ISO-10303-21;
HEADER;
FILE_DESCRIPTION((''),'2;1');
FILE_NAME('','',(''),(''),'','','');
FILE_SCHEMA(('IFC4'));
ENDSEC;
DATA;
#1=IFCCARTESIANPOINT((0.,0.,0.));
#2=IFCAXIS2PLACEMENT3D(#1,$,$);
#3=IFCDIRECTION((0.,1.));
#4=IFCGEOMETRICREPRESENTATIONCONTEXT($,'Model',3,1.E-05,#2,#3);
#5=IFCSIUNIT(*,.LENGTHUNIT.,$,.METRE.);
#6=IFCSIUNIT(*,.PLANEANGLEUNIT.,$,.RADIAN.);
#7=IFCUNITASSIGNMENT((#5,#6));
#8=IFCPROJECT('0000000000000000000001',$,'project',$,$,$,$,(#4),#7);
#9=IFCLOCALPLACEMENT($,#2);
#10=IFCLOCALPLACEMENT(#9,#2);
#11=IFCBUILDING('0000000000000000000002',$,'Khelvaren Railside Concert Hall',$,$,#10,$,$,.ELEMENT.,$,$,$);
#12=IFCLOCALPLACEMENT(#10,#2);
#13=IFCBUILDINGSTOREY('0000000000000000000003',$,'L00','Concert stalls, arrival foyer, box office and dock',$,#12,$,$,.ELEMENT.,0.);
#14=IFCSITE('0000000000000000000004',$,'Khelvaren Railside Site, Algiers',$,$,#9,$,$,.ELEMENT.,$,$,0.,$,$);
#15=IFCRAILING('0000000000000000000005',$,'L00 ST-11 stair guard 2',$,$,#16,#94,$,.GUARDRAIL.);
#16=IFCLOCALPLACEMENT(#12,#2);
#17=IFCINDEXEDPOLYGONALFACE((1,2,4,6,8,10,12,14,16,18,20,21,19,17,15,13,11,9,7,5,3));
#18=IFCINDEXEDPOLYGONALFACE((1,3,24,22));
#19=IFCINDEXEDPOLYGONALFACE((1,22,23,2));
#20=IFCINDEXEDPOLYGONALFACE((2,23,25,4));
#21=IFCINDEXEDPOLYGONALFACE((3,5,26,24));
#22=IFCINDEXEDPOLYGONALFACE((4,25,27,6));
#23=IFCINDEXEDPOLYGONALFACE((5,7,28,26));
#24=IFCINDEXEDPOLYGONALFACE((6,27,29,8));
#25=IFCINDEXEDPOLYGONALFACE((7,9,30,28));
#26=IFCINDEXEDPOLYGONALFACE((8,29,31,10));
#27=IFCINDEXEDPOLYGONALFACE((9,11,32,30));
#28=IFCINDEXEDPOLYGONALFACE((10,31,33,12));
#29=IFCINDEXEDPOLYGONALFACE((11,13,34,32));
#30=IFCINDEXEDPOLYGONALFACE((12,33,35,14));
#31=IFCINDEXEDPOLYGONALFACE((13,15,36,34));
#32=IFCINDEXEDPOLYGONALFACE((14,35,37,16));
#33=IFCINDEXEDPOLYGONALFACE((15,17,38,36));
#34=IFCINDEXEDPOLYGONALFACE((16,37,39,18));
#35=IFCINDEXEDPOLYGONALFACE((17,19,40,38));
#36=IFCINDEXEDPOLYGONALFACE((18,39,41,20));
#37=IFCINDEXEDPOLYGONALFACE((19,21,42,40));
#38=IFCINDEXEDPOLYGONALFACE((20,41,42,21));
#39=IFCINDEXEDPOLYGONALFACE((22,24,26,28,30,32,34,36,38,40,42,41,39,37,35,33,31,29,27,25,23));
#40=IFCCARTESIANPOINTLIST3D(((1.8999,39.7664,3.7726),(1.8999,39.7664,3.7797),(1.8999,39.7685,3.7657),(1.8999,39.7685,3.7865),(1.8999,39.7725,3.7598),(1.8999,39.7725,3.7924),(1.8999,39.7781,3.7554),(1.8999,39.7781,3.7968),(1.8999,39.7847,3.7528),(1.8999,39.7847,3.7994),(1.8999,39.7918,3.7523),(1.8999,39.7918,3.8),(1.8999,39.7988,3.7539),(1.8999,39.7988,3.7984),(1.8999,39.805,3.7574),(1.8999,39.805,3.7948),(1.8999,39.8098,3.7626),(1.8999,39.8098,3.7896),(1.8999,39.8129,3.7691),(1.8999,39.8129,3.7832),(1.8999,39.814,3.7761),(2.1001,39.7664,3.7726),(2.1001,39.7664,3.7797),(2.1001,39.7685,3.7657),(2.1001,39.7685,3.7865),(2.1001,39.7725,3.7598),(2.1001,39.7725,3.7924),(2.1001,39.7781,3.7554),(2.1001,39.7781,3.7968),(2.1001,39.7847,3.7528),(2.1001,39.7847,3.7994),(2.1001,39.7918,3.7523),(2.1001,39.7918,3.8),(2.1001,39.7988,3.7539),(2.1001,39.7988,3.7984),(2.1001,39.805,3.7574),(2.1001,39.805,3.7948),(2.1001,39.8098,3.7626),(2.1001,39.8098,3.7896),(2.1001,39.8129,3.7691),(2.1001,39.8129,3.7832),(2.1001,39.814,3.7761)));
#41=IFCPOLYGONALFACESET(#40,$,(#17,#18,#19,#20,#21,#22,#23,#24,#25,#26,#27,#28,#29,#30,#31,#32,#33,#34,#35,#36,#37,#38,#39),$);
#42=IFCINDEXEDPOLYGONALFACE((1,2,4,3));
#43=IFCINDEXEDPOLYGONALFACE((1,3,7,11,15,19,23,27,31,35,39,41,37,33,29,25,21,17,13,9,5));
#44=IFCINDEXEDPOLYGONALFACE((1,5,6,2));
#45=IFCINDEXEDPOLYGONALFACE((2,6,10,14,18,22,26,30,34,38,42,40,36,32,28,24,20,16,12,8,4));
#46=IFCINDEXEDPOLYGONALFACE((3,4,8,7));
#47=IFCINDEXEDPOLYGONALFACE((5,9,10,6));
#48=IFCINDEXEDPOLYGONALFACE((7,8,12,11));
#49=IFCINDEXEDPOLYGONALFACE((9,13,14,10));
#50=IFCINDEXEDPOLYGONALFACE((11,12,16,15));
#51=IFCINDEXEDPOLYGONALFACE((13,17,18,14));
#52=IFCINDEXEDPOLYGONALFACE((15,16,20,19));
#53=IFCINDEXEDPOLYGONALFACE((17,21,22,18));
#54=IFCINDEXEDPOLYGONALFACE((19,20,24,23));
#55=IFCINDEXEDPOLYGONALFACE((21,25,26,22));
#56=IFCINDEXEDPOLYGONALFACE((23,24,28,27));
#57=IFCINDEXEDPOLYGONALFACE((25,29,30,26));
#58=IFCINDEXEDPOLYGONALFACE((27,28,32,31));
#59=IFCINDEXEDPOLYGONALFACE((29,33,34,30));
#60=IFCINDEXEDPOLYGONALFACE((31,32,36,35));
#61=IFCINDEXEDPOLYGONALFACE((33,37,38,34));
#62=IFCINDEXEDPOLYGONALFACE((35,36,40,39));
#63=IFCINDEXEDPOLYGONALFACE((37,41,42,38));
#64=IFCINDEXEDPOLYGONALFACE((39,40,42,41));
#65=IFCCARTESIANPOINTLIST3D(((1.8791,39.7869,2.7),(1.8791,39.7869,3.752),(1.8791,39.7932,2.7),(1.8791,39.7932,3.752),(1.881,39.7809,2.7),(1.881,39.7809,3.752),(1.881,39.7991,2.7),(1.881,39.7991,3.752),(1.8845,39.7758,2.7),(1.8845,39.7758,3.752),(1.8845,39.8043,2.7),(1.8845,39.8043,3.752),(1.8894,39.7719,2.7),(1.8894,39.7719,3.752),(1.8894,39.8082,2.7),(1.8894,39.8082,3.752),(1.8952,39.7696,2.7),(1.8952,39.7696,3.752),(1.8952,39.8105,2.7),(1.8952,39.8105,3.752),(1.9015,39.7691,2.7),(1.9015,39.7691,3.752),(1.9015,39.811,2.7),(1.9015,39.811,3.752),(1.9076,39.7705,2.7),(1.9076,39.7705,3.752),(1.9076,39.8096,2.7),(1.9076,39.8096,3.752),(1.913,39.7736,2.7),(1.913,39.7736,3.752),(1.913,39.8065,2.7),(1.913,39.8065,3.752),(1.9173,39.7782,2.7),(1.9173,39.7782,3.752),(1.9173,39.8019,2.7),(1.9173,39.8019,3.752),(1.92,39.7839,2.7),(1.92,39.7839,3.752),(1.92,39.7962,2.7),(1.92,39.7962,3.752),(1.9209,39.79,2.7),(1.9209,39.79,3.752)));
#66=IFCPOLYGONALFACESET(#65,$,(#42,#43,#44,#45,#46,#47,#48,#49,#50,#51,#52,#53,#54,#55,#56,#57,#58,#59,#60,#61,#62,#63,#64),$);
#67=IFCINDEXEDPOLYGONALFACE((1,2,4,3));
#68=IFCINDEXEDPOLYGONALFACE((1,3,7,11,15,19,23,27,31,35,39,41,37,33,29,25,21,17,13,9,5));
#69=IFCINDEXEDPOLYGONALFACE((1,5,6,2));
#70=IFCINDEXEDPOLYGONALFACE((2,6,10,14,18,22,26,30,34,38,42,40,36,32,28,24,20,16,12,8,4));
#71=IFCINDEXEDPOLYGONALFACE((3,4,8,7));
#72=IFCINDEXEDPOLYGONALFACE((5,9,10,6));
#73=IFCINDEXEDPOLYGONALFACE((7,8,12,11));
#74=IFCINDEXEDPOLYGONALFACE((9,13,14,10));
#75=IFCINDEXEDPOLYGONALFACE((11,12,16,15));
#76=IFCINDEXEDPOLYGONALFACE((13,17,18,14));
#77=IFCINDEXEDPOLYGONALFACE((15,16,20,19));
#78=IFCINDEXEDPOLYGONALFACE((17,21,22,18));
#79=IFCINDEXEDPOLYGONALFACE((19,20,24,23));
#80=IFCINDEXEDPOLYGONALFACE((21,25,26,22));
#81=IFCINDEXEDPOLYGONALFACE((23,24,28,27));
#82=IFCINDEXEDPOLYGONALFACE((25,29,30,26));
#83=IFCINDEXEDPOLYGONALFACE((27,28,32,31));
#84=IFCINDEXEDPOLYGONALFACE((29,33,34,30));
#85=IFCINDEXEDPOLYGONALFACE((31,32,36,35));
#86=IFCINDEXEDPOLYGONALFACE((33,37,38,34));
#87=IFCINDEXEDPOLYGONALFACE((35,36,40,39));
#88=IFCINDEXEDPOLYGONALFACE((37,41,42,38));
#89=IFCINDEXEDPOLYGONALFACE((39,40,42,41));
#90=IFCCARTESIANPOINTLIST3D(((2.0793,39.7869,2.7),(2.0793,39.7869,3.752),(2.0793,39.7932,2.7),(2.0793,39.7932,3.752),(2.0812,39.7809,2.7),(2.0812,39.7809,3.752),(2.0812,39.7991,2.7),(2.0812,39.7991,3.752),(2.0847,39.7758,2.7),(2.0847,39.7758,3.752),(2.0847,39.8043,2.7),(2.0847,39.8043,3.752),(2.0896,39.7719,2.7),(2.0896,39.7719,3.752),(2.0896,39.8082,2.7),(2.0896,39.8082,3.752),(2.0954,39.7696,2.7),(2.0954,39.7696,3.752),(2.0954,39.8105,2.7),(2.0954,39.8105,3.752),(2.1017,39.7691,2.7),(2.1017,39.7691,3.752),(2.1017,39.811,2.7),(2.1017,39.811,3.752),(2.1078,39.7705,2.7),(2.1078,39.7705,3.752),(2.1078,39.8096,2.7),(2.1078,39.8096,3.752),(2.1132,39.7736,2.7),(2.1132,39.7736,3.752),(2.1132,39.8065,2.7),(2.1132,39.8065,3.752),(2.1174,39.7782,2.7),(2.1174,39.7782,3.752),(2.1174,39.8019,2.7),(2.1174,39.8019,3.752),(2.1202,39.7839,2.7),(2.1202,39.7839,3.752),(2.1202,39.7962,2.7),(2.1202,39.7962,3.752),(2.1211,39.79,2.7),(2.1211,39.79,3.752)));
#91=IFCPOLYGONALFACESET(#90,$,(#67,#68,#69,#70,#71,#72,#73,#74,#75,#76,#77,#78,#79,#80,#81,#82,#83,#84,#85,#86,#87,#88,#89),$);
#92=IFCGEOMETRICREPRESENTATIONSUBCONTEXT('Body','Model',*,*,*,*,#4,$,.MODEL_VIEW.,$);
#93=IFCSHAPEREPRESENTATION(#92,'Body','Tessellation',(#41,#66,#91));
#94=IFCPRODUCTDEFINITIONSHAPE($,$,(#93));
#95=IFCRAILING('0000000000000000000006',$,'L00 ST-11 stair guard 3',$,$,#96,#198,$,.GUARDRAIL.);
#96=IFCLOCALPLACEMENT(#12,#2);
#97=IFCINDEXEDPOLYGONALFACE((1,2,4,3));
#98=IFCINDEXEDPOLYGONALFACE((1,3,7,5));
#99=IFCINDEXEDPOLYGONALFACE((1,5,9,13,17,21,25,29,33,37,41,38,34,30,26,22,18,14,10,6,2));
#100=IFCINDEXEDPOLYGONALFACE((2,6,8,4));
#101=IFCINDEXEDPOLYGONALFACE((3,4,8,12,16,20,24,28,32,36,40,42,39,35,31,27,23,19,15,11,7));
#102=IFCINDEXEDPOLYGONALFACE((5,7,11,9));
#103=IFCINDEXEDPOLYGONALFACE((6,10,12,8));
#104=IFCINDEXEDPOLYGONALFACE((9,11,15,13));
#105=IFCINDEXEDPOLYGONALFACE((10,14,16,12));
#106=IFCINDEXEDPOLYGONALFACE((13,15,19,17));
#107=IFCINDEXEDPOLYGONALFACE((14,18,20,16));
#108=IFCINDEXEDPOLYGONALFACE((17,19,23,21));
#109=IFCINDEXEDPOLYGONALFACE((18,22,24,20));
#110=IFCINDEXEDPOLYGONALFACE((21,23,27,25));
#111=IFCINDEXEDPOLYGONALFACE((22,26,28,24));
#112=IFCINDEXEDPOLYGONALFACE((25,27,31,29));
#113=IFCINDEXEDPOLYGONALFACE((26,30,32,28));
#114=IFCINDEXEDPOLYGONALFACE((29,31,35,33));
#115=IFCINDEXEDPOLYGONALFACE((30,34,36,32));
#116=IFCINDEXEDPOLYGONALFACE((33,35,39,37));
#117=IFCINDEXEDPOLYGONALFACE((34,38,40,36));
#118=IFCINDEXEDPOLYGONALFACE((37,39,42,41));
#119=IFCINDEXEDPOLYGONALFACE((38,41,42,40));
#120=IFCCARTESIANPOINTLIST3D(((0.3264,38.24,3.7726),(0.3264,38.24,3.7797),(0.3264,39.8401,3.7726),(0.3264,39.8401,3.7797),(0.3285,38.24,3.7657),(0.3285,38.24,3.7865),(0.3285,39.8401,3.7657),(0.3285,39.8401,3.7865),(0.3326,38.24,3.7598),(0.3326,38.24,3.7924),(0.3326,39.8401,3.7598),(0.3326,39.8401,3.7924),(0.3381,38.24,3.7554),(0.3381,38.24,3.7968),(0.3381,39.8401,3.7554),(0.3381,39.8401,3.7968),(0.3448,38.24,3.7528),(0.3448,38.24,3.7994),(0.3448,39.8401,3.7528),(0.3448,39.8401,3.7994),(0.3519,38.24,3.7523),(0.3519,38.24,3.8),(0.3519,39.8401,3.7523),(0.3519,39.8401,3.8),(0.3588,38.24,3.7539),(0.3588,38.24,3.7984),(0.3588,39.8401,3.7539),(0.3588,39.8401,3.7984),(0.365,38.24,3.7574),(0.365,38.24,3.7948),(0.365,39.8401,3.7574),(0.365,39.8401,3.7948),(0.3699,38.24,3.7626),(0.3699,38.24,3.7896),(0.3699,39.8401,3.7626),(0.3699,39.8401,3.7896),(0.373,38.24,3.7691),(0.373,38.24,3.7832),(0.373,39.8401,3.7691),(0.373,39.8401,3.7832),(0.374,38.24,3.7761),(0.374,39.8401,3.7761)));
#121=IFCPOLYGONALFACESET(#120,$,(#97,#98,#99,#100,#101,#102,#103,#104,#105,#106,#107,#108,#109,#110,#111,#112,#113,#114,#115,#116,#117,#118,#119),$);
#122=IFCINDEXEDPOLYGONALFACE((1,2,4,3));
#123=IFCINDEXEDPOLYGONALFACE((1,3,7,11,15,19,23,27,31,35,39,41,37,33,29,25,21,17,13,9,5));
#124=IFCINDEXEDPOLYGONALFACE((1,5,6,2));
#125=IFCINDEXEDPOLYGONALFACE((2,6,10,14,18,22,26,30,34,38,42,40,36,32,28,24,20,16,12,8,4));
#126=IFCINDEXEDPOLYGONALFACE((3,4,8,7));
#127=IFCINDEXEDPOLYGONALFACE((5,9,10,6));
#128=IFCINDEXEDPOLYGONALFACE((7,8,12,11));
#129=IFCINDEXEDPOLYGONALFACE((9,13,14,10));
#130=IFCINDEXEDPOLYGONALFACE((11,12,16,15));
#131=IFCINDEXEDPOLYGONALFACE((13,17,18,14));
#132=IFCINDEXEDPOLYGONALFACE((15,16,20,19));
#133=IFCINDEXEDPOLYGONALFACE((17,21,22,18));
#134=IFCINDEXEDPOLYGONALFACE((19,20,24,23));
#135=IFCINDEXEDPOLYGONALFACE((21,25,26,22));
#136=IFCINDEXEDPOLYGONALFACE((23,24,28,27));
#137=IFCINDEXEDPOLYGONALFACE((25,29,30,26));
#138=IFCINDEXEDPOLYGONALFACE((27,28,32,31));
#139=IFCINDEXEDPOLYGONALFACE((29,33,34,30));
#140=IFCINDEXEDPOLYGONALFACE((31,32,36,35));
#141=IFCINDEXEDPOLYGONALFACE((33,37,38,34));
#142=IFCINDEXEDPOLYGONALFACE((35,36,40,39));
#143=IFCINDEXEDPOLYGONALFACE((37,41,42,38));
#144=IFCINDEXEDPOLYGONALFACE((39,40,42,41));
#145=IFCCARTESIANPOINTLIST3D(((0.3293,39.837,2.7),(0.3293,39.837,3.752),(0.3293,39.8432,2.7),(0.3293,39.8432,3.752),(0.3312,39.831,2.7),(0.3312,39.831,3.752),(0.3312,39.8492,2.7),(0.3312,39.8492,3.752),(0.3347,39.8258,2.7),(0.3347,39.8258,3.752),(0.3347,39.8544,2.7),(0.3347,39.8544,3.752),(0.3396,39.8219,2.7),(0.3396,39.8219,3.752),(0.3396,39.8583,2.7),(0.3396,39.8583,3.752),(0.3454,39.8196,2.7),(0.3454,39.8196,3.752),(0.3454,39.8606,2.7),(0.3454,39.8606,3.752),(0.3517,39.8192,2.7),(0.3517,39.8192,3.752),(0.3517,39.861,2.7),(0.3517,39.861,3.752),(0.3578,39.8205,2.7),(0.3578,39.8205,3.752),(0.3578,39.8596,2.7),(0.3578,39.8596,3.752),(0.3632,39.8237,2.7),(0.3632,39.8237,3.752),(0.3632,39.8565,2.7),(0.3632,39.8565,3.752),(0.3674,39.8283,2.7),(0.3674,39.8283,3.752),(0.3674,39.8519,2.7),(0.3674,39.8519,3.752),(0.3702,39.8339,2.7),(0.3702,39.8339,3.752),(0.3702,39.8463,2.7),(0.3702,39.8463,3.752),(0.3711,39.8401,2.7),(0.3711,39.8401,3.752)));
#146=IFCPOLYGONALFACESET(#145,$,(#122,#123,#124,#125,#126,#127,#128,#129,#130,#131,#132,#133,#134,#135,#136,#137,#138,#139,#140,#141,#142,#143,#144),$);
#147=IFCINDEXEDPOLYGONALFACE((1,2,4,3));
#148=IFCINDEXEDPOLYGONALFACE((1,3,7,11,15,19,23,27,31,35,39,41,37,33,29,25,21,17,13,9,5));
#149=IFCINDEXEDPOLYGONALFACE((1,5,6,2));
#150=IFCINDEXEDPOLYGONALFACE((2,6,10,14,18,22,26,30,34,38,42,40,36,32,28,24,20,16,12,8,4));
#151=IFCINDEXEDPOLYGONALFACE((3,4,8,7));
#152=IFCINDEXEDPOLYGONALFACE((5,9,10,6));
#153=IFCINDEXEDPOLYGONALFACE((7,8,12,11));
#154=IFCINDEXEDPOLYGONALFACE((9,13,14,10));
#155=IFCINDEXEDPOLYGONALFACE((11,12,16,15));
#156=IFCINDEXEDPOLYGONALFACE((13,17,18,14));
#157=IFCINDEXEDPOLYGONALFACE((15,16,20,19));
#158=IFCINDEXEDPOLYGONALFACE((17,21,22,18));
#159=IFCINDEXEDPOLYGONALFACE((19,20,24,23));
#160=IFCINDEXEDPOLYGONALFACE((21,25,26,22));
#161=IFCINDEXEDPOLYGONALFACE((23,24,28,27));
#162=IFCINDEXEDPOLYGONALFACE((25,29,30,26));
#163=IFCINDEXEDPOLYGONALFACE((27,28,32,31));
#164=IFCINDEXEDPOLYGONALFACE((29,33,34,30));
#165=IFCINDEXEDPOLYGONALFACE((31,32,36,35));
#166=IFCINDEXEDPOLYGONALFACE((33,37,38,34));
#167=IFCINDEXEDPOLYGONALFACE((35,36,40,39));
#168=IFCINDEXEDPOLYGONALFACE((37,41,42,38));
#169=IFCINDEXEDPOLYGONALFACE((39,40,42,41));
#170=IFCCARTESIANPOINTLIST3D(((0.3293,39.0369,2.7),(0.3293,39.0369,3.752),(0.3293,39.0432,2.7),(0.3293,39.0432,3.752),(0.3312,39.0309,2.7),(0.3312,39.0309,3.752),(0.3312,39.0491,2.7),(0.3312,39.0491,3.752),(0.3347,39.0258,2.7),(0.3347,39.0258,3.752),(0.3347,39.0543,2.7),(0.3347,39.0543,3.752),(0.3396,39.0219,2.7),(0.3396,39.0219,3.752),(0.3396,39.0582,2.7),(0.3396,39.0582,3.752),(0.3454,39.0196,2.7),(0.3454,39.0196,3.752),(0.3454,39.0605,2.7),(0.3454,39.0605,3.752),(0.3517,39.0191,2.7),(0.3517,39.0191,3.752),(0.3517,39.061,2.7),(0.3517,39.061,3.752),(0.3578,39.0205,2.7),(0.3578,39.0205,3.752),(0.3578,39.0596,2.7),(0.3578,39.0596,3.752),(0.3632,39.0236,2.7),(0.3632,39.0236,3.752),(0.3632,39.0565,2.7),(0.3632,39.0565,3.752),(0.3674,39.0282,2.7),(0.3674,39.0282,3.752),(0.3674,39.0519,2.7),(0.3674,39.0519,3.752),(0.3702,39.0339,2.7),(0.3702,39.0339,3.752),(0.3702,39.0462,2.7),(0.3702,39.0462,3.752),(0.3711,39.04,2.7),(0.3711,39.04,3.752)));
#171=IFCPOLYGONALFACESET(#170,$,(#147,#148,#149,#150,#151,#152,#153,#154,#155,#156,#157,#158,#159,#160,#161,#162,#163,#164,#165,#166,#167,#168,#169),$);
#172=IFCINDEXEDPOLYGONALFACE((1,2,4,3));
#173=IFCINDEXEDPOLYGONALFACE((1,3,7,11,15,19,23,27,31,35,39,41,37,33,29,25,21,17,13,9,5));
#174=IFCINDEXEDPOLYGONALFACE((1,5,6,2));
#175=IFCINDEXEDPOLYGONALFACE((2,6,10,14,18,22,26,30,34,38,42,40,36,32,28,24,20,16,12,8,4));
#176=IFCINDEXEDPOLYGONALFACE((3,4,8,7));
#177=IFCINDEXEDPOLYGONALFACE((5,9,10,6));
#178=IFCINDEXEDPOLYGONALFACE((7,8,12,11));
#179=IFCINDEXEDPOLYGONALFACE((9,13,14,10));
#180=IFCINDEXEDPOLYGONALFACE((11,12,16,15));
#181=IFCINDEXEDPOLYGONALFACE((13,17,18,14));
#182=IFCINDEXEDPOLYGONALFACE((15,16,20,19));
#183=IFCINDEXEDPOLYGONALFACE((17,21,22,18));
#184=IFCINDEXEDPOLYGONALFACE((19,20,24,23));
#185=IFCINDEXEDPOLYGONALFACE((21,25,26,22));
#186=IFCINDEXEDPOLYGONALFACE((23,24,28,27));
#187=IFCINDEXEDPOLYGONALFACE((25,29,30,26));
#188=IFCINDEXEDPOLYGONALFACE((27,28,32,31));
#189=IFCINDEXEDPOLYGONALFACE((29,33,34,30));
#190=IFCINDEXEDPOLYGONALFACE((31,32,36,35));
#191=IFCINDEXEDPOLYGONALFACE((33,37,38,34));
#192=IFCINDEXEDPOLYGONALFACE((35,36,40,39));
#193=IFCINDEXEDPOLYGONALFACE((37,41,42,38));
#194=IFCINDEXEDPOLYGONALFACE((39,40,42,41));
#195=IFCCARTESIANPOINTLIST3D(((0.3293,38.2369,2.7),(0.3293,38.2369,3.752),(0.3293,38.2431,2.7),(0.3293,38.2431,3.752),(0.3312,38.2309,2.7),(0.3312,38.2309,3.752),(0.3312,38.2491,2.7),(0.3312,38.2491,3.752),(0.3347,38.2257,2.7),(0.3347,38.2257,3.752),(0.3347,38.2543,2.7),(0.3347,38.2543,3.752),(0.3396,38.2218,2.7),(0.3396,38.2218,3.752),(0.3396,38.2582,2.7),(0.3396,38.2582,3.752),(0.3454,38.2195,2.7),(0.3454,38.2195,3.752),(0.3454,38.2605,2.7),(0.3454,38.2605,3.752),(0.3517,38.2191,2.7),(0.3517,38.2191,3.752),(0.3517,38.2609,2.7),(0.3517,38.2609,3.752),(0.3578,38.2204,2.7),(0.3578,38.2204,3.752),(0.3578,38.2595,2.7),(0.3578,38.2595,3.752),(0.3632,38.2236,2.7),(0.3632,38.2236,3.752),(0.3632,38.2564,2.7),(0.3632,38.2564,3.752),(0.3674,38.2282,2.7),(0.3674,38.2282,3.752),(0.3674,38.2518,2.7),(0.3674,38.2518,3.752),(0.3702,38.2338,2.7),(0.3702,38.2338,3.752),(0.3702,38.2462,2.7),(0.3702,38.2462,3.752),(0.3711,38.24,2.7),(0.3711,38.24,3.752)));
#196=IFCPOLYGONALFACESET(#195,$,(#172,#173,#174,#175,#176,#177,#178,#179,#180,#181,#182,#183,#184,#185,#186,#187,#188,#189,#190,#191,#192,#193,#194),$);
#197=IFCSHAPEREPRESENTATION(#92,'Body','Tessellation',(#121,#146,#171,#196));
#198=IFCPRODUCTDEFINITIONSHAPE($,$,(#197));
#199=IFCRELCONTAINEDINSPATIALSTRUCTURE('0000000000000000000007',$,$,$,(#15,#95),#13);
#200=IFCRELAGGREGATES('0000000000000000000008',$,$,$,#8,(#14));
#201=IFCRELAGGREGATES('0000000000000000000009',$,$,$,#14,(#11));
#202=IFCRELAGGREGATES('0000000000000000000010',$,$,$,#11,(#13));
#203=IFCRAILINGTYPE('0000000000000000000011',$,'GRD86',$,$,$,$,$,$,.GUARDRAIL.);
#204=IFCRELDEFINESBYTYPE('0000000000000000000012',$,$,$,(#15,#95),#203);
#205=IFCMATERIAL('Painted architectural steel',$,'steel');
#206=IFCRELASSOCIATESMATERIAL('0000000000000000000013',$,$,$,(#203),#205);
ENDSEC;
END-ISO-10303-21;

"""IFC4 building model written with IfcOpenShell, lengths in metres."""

from ifc_helpers import new_model, si_unit, direction, frame, origin, origin_2d, place, context, subcontext, project, spatial, circle, extrude, material, type_object, element, save


model = new_model("IFC4")

# Units and contexts
model_context = context("Model", 3, precision=1e-05, world=origin(), true_north=direction((0.0, 1.0)))
body_context = subcontext(model_context, "Body", "Model", "MODEL_VIEW")
ifc_project = project(units=[si_unit("LENGTHUNIT", "METRE"), si_unit("PLANEANGLEUNIT", "RADIAN")], contexts=[model_context])

# Site, building, storey
site_placement = place(None, origin())
site = spatial("IfcSite", under=ifc_project, at=site_placement, Name="Khelvaren Railside Site, Algiers", CompositionType="ELEMENT", RefElevation=0.0)
building_placement = place(site_placement, origin())
building = spatial("IfcBuilding", under=site, at=building_placement, Name="Khelvaren Railside Concert Hall", CompositionType="ELEMENT")
storey_placement = place(building_placement, origin())
storey = spatial("IfcBuildingStorey", under=building, at=storey_placement, Name="L00", Description="Concert stalls, arrival foyer, box office and dock", CompositionType="ELEMENT", Elevation=0.0)

# Railings
ifc_material_1 = material(Name="Painted architectural steel", Category="steel")
railing_type_1 = type_object("IfcRailingType", Name="GRD86", PredefinedType="GUARDRAIL", material=ifc_material_1)
railing_1_placement = place(storey_placement, frame((1.8999, 39.79, 2.7)))
element("IfcRailing", 1, at=railing_1_placement, inside=storey, type_object=railing_type_1, Name="L00 ST-11 stair guard 2", PredefinedType="GUARDRAIL", context=body_context, shape_type="SweptSolid", body=[
    extrude(circle(Radius=0.0239, at=origin_2d()), frame((0.0, 0.0, 1.0762), z_axis=(1.0, 0.0, 0.0), x_axis=(0.0, 1.0, 0.0)), (0.0, 0.0, 1.0), 0.2002),
    extrude(circle(Radius=0.021, at=origin_2d()), origin(), (0.0, 0.0, 1.0), 1.052),
    extrude(circle(Radius=0.021, at=origin_2d()), frame((0.2002, 0.0, 0.0)), (0.0, 0.0, 1.0), 1.052),
])
railing_2_placement = place(storey_placement, frame((0.3501, 39.8401, 2.7)))
element("IfcRailing", 2, at=railing_2_placement, inside=storey, type_object=railing_type_1, Name="L00 ST-11 stair guard 3", PredefinedType="GUARDRAIL", context=body_context, shape_type="SweptSolid", body=[
    extrude(circle(Radius=0.0239, at=origin_2d()), frame((0.0, 0.0, 1.0762), z_axis=(0.0, -1.0, 0.0), x_axis=(1.0, 0.0, 0.0)), (0.0, 0.0, 1.0), 1.6001),
    extrude(circle(Radius=0.021, at=origin_2d()), origin(), (0.0, 0.0, 1.0), 1.052),
    extrude(circle(Radius=0.021, at=origin_2d()), frame((0.0, -0.8, 0.0)), (0.0, 0.0, 1.0), 1.052),
    extrude(circle(Radius=0.021, at=origin_2d()), frame((0.0, -1.6001, 0.0)), (0.0, 0.0, 1.0), 1.052),
])

save(model, "model.ifc")
